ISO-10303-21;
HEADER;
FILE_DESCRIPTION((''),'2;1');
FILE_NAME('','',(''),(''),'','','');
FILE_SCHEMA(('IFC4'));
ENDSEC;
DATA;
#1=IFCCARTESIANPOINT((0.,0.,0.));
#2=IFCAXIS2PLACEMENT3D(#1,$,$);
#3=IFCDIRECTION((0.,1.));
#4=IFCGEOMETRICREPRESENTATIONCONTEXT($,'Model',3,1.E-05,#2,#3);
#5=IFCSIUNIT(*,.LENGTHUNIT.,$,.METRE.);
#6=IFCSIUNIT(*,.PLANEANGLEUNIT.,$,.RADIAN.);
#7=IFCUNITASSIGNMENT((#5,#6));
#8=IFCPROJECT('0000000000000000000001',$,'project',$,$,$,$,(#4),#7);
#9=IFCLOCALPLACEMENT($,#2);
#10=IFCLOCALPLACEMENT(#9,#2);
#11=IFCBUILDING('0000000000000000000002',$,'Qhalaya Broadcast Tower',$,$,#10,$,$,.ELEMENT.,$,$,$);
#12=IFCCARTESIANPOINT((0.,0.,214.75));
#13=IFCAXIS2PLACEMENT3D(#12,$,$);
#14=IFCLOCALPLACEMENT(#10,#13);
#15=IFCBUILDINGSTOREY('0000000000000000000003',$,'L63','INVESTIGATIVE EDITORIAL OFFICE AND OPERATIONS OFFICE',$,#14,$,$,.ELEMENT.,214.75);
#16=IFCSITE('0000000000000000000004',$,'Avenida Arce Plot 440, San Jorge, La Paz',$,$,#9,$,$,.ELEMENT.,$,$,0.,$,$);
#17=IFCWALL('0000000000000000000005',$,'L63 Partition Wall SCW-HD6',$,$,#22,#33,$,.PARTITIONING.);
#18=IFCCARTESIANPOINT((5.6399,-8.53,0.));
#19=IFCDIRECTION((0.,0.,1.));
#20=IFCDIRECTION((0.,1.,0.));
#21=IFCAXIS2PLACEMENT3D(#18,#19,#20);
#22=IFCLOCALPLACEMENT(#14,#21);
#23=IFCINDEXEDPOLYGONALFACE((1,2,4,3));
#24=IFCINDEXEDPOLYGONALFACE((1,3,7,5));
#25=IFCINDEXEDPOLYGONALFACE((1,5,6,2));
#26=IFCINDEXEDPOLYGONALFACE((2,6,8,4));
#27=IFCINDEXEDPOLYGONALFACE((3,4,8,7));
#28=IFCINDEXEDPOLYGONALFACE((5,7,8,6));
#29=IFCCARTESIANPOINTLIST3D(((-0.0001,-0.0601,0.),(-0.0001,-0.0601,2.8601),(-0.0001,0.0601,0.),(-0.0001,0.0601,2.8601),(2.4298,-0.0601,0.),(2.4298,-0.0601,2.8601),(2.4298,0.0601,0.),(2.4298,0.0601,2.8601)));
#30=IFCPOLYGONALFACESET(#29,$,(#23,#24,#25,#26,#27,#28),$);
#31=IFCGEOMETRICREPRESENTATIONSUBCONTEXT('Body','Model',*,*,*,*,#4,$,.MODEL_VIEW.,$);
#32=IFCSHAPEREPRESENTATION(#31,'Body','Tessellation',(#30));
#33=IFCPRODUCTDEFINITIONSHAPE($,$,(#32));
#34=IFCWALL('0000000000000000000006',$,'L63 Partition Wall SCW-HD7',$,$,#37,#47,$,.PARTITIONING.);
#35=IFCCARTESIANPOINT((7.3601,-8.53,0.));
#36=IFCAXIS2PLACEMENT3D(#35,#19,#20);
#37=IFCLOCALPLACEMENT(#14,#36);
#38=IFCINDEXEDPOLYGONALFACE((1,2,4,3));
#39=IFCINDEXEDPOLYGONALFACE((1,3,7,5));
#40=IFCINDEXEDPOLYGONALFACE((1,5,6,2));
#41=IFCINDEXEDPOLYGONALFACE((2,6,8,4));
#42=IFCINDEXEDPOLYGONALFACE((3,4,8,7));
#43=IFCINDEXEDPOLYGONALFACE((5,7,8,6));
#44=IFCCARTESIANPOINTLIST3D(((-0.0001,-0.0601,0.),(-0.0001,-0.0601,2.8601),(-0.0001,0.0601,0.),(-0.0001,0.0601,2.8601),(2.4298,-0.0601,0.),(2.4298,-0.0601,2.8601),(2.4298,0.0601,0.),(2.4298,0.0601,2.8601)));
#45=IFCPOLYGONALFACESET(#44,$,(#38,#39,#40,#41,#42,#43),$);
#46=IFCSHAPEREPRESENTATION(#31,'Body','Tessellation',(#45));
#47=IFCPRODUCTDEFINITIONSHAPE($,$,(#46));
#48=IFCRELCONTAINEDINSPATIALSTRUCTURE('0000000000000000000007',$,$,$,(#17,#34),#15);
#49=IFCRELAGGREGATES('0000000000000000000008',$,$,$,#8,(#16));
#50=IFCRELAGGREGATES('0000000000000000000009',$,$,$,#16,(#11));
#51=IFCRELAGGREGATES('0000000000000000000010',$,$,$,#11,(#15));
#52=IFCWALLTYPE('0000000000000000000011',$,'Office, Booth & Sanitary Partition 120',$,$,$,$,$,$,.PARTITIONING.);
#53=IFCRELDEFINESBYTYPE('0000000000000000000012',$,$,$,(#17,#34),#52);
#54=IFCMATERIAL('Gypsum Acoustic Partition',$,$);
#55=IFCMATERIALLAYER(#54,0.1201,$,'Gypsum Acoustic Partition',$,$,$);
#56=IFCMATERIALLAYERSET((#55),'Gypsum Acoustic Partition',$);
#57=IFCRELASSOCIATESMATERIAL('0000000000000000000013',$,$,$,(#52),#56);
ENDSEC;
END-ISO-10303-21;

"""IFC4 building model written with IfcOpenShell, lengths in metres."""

from ifc_helpers import new_model, si_unit, direction, frame, frame_2d, origin, place, context, subcontext, project, spatial, rectangle, extrude, material, layer, layer_set, type_object, element, save


model = new_model("IFC4")

# Units and contexts
model_context = context("Model", 3, precision=1e-05, world=origin(), true_north=direction((0.0, 1.0)))
body_context = subcontext(model_context, "Body", "Model", "MODEL_VIEW")
ifc_project = project(units=[si_unit("LENGTHUNIT", "METRE"), si_unit("PLANEANGLEUNIT", "RADIAN")], contexts=[model_context])

# Site, building, storey
site_placement = place(None, origin())
site = spatial("IfcSite", under=ifc_project, at=site_placement, Name="Avenida Arce Plot 440, San Jorge, La Paz", CompositionType="ELEMENT", RefElevation=0.0)
building_placement = place(site_placement, origin())
building = spatial("IfcBuilding", under=site, at=building_placement, Name="Qhalaya Broadcast Tower", CompositionType="ELEMENT")
storey_placement = place(building_placement, frame((0.0, 0.0, 214.75)))
storey = spatial("IfcBuildingStorey", under=building, at=storey_placement, Name="L63", Description="INVESTIGATIVE EDITORIAL OFFICE AND OPERATIONS OFFICE", CompositionType="ELEMENT", Elevation=214.75)

# Shared definitions
ifc_material_1 = material(Name="Gypsum Acoustic Partition")

# Walls
ifc_layer_1 = layer(ifc_material_1, 0.1201, Name="Gypsum Acoustic Partition")
ifc_layer_set_1 = layer_set([ifc_layer_1], Name="Gypsum Acoustic Partition")
wall_type_1 = type_object("IfcWallType", Name="Office, Booth & Sanitary Partition 120", PredefinedType="PARTITIONING", material=ifc_layer_set_1)
for number, where, z_axis, x_axis, name in (
    (1, (5.6399, -8.53, 0.0), (0.0, 0.0, 1.0), (0.0, 1.0, 0.0), "L63 Partition Wall SCW-HD6"),
    (2, (7.3601, -8.53, 0.0), (0.0, 0.0, 1.0), (0.0, 1.0, 0.0), "L63 Partition Wall SCW-HD7"),
):
    element("IfcWall", number, at=place(storey_placement, frame(where, z_axis=z_axis, x_axis=x_axis)), inside=storey, type_object=wall_type_1, Name=name, PredefinedType="PARTITIONING", context=body_context, shape_type="SweptSolid", body=[
        extrude(rectangle(XDim=2.4299, YDim=0.1201, at=frame_2d((1.2148, 0.0))), origin(), (0.0, 0.0, 1.0), 2.8601),
    ])

save(model, "model.ifc")
